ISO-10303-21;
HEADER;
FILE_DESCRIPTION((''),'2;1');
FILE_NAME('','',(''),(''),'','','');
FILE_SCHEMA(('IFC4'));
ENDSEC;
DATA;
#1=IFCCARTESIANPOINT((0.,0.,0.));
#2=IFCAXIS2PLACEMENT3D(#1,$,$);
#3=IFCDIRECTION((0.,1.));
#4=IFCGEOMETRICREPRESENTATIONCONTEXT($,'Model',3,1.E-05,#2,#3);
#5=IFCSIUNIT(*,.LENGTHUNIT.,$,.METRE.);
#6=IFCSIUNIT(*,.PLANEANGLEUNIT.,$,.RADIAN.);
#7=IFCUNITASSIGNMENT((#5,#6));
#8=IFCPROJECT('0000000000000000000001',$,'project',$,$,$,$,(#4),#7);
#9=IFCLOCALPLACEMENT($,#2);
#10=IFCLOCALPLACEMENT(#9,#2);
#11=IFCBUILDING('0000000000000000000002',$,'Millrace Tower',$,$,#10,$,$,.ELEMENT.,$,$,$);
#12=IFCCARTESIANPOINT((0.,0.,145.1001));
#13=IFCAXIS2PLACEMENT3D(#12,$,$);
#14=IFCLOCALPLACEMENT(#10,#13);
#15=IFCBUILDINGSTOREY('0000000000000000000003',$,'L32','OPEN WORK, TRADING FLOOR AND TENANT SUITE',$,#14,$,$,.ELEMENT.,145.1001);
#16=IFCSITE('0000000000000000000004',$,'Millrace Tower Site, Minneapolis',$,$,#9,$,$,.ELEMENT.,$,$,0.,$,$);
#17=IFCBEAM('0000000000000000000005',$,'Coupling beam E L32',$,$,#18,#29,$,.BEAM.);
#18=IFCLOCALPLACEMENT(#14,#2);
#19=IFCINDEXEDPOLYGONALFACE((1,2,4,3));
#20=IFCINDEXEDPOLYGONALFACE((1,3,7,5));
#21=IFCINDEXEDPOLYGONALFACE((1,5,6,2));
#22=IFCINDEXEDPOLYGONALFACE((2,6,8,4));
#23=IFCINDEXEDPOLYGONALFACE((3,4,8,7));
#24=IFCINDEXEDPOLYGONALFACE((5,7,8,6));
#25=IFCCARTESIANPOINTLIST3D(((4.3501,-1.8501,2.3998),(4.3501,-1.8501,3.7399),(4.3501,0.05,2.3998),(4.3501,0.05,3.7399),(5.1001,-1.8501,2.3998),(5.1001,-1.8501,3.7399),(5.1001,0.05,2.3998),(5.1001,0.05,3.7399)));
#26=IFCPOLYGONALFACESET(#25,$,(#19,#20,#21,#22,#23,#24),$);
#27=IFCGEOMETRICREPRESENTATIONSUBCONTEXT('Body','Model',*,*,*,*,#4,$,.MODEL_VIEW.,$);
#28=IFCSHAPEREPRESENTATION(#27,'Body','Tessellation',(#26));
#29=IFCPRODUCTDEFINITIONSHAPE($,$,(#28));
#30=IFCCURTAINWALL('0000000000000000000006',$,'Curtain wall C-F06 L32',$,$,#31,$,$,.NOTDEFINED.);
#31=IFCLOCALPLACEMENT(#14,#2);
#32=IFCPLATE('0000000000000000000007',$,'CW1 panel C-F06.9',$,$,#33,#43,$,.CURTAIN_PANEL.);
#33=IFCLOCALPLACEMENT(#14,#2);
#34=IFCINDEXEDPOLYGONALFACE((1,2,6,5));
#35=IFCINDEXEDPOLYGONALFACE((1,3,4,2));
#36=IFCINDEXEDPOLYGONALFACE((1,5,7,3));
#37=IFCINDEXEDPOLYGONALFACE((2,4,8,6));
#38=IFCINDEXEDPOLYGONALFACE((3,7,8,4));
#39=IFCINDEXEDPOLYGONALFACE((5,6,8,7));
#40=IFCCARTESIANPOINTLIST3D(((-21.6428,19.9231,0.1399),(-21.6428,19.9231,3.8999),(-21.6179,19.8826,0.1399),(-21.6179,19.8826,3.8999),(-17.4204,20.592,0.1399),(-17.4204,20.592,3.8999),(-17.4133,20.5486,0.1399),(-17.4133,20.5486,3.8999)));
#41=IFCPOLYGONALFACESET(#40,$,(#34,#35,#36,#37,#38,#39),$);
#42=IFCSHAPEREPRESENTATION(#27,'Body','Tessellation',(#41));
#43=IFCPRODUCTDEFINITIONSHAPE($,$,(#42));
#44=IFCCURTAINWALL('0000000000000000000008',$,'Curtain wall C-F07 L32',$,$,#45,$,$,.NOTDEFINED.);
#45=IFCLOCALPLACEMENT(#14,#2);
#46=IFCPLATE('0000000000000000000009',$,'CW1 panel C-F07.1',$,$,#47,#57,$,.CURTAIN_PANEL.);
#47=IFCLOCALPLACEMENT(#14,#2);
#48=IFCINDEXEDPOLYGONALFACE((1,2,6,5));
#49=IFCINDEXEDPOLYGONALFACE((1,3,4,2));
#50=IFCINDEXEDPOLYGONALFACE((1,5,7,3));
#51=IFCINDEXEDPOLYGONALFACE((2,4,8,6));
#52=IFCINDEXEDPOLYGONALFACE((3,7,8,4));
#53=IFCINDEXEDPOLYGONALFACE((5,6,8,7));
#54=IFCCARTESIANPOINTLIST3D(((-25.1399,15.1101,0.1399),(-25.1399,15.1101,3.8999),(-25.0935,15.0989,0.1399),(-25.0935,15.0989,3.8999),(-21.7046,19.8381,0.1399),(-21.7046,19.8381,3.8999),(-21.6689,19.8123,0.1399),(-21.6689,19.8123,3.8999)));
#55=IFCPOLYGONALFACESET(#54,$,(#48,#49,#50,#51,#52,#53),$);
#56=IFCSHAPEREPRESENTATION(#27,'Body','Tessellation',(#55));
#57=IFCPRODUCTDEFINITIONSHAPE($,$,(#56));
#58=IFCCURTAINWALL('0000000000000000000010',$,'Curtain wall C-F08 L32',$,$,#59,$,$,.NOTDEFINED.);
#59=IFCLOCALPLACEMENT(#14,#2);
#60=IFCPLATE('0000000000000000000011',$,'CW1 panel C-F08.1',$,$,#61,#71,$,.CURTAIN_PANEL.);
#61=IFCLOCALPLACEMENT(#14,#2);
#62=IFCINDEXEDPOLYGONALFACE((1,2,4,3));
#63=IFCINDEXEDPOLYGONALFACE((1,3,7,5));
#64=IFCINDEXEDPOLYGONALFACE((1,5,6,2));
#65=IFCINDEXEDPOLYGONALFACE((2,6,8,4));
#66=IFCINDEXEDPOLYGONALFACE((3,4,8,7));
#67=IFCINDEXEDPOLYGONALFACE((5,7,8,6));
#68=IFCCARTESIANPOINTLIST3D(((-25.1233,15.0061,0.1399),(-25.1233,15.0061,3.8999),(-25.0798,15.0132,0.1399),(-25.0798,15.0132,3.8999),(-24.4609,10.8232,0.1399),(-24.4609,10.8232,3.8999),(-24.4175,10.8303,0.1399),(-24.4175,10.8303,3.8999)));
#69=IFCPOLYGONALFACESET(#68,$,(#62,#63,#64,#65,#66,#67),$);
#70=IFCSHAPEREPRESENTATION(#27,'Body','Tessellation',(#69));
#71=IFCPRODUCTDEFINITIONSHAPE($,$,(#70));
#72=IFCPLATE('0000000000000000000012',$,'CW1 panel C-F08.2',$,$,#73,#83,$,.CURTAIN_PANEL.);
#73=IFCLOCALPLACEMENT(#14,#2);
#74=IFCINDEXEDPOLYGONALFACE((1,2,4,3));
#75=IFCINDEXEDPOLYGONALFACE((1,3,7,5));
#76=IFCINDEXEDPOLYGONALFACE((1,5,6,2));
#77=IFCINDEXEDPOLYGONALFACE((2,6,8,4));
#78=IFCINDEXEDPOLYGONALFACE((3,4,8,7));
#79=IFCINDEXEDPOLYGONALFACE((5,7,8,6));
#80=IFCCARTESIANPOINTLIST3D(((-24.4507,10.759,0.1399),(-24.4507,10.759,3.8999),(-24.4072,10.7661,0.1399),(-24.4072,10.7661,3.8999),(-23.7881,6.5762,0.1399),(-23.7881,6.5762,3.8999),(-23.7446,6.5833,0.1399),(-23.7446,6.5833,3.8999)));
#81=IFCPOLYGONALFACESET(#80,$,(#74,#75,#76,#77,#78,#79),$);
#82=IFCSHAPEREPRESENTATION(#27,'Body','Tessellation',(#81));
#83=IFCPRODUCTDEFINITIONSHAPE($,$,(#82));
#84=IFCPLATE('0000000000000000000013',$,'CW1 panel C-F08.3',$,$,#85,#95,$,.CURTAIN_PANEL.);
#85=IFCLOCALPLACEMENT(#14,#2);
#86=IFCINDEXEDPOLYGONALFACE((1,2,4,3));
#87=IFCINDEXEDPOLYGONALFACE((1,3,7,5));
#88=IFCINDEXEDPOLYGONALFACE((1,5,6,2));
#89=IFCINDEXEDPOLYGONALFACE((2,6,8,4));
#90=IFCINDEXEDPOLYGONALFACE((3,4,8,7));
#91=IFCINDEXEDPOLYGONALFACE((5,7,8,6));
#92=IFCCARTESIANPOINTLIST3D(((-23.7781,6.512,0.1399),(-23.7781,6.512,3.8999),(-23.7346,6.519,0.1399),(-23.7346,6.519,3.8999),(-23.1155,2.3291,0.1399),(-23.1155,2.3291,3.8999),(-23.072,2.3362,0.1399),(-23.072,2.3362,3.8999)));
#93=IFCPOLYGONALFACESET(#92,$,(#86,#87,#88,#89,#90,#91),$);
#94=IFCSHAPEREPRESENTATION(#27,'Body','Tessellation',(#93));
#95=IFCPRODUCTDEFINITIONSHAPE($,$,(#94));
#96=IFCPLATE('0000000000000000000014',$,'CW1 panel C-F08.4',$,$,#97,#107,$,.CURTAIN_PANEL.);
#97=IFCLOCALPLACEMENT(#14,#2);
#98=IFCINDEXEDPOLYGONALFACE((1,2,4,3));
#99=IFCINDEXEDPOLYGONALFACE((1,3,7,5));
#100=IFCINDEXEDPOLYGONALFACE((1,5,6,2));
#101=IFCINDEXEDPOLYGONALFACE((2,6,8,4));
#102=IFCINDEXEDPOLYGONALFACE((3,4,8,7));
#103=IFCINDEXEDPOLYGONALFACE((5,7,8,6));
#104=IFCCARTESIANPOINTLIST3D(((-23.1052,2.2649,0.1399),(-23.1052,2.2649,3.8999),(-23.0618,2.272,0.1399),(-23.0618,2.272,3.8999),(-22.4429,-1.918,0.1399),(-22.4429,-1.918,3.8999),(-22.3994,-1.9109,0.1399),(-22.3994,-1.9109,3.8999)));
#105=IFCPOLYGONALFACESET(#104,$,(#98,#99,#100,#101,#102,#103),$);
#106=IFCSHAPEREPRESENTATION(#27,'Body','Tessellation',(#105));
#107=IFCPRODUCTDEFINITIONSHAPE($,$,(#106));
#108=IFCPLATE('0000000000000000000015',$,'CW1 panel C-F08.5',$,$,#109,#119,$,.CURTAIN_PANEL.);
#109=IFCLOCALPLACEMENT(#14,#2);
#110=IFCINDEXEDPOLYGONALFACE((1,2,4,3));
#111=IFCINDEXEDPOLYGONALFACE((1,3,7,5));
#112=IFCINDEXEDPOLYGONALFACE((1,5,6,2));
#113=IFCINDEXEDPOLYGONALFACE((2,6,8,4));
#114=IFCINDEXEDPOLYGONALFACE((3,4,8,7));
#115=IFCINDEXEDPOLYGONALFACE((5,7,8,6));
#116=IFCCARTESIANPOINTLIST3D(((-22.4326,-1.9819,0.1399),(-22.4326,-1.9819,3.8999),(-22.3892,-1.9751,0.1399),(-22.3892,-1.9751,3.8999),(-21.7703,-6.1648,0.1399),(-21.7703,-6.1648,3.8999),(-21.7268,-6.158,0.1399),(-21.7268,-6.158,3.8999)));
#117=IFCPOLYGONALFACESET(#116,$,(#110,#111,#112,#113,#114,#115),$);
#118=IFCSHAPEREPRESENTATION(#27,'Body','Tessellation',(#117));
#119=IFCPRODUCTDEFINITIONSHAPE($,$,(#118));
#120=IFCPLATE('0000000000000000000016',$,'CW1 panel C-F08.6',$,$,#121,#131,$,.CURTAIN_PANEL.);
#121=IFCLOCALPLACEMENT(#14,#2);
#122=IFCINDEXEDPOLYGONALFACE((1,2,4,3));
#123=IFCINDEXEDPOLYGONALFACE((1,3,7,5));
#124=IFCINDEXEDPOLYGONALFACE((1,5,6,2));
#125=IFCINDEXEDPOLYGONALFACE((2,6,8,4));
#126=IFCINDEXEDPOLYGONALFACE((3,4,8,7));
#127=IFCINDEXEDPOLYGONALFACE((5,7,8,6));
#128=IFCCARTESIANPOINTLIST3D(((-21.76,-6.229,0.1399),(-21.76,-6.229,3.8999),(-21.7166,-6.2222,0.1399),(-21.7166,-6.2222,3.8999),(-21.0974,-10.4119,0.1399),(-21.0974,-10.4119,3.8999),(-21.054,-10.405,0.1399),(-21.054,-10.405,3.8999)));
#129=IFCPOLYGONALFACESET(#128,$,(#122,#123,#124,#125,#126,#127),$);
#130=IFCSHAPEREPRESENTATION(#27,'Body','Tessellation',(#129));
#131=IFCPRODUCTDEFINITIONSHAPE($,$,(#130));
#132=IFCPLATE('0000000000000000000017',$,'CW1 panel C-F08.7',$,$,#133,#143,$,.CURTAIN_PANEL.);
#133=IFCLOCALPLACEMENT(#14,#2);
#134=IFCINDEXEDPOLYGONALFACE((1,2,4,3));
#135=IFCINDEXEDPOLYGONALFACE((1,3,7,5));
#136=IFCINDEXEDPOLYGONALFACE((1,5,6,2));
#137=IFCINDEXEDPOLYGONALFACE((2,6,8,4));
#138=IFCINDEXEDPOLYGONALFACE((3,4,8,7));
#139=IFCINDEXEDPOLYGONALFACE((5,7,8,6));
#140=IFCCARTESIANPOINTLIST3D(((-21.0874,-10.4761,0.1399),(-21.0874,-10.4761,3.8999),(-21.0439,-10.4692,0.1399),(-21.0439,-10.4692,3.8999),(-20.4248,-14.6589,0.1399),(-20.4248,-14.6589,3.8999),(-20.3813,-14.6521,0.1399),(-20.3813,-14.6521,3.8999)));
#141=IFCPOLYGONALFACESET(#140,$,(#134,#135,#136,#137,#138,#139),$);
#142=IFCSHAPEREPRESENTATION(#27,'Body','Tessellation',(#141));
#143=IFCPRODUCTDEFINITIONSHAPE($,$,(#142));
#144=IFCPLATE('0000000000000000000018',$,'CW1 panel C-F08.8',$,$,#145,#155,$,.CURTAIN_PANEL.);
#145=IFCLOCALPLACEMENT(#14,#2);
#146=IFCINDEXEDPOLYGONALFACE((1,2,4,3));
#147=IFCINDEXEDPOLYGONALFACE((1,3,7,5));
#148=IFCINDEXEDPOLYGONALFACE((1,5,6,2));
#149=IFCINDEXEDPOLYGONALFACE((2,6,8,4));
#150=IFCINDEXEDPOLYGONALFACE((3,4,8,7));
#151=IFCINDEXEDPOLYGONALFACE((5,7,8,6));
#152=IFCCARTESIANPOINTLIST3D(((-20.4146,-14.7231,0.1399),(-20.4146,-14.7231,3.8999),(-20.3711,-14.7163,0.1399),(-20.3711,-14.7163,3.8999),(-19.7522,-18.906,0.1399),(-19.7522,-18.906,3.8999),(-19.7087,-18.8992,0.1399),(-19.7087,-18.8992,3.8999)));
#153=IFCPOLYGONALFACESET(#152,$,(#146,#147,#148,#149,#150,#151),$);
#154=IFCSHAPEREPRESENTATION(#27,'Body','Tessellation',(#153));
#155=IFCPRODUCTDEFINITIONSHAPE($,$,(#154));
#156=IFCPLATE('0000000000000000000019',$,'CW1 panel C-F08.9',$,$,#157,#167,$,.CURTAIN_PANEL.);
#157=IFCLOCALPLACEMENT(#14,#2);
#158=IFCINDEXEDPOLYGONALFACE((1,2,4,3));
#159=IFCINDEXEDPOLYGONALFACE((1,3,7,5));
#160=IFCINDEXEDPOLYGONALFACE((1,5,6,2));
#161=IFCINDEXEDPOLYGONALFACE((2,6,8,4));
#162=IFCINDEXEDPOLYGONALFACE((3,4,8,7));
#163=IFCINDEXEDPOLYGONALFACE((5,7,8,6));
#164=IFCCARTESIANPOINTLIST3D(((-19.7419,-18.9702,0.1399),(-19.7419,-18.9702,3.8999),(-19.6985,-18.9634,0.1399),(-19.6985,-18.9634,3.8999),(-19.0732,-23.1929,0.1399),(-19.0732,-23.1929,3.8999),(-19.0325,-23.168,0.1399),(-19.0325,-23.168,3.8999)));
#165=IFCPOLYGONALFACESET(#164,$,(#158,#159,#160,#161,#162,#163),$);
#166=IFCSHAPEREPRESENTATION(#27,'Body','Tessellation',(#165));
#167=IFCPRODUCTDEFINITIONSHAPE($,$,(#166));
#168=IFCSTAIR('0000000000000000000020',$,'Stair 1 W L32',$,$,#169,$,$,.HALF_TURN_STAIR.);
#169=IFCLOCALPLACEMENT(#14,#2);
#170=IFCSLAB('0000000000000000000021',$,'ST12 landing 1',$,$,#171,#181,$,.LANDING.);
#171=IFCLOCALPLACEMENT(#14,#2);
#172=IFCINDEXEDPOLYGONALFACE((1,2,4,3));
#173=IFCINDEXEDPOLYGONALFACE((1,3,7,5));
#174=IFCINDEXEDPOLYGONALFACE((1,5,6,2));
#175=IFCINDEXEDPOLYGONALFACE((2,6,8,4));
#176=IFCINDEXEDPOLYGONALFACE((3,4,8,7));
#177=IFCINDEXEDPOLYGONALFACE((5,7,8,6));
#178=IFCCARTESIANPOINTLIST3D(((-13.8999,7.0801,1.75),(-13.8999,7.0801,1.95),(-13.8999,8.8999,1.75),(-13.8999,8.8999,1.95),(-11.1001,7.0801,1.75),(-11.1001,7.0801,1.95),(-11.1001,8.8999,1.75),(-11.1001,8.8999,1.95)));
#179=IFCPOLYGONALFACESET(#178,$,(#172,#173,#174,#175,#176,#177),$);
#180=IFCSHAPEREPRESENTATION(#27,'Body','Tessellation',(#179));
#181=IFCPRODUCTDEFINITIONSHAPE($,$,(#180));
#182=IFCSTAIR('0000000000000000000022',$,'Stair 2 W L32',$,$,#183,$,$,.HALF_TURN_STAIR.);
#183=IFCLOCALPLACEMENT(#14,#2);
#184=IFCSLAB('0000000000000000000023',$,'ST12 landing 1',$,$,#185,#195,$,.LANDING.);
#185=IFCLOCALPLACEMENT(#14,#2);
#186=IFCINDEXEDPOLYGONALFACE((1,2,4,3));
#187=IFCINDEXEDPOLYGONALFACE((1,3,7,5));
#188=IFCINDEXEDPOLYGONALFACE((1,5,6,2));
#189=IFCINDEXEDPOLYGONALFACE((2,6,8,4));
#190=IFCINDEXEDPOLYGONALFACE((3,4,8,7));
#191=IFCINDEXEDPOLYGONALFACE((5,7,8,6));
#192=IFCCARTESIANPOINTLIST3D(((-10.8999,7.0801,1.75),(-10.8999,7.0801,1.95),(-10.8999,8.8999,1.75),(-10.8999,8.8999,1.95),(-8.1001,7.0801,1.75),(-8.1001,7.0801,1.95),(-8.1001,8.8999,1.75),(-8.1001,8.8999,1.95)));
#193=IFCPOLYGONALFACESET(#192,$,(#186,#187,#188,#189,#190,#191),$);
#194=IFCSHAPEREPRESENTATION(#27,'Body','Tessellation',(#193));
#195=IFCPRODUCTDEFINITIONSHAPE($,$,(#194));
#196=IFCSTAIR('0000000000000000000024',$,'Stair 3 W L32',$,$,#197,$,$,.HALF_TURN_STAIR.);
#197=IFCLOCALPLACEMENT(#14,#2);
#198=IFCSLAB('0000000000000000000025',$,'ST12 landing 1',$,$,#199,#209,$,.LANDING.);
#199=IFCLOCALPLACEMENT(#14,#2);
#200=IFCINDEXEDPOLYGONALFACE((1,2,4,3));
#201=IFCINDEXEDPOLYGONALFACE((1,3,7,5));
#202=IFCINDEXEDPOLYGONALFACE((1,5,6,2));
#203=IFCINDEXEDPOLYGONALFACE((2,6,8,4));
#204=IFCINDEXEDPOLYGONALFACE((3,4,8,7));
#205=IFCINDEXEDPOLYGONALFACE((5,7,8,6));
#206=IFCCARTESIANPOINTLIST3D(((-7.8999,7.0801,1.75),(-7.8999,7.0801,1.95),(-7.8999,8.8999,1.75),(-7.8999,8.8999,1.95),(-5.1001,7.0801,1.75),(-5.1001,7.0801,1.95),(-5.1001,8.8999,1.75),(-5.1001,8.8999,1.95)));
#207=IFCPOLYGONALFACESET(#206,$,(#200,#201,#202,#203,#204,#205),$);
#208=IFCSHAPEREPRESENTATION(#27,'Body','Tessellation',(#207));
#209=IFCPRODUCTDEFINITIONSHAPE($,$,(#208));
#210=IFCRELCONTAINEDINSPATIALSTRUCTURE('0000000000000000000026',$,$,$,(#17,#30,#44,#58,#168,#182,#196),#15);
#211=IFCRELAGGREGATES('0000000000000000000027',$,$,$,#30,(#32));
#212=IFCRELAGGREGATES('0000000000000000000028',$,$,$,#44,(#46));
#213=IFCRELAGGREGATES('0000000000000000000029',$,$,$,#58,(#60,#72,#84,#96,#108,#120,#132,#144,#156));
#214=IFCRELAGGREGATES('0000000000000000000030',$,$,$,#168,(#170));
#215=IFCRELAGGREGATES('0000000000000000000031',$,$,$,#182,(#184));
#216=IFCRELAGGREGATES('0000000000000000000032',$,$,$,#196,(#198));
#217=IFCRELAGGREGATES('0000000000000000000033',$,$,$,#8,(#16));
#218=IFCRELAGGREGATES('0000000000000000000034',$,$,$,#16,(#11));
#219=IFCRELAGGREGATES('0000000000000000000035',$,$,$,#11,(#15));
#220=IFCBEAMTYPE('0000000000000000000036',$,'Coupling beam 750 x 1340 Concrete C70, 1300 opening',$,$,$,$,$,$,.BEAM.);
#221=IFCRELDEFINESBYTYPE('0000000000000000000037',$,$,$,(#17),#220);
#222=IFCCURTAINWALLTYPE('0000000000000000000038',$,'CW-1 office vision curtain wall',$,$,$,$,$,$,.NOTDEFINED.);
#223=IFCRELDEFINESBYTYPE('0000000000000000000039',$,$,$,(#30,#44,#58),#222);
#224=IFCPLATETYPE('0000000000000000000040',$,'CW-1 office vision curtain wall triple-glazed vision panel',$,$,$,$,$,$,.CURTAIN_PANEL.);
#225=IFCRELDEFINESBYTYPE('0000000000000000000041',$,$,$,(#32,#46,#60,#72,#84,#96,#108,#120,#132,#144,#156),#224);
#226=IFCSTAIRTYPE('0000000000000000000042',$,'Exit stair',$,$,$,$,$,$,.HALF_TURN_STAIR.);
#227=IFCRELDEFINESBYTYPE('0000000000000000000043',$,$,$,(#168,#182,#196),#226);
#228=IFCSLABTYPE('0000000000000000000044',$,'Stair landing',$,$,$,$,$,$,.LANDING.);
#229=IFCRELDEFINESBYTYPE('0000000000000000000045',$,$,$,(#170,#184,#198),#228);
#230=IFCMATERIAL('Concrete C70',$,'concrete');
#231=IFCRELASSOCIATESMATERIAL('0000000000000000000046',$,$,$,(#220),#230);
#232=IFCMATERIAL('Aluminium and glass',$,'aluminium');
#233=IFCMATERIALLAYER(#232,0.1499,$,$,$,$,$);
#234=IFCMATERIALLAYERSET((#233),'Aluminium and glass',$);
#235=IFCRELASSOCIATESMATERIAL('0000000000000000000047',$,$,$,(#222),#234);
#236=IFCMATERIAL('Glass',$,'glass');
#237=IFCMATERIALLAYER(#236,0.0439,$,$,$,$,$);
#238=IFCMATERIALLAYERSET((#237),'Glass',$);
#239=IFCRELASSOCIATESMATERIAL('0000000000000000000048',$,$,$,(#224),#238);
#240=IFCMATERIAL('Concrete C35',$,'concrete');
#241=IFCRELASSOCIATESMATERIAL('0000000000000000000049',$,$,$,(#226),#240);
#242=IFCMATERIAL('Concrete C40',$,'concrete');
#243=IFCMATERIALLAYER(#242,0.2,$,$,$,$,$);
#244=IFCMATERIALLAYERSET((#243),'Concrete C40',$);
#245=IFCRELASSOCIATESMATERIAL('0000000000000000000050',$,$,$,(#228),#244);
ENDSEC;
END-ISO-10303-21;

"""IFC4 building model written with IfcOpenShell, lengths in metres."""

from ifc_helpers import new_model, si_unit, direction, frame, origin, origin_2d, place, context, subcontext, project, spatial, polyline, rectangle, outline, extrude, material, layer, layer_set, material_profile, profile_set, type_object, element, aggregate, save


model = new_model("IFC4")

# Units and contexts
model_context = context("Model", 3, precision=1e-05, world=origin(), true_north=direction((0.0, 1.0)))
body_context = subcontext(model_context, "Body", "Model", "MODEL_VIEW")
ifc_project = project(units=[si_unit("LENGTHUNIT", "METRE"), si_unit("PLANEANGLEUNIT", "RADIAN")], contexts=[model_context])

# Site, building, storey
site_placement = place(None, origin())
site = spatial("IfcSite", under=ifc_project, at=site_placement, Name="Millrace Tower Site, Minneapolis", CompositionType="ELEMENT", RefElevation=0.0)
building_placement = place(site_placement, origin())
building = spatial("IfcBuilding", under=site, at=building_placement, Name="Millrace Tower", CompositionType="ELEMENT")
storey_placement = place(building_placement, frame((0.0, 0.0, 145.1001)))
storey = spatial("IfcBuildingStorey", under=building, at=storey_placement, Name="L32", Description="OPEN WORK, TRADING FLOOR AND TENANT SUITE", CompositionType="ELEMENT", Elevation=145.1001)

# Beam
ifc_material_1 = material(Name="Concrete C70", Category="concrete")
ifc_material_profile = material_profile(ifc_material_1, rectangle(XDim=0.75, YDim=1.3401, at=origin_2d()))
ifc_profile_set = profile_set([ifc_material_profile], Name="Concrete C70")
beam_type = type_object("IfcBeamType", Name="Coupling beam 750 x 1340 Concrete C70, 1300 opening", PredefinedType="BEAM", material=ifc_profile_set)
beam_placement = place(storey_placement, frame((4.7251, 0.05, 3.0698), z_axis=(0.0, -1.0, 0.0), x_axis=(1.0, 0.0, 0.0)))
element("IfcBeam", 1, at=beam_placement, inside=storey, type_object=beam_type, Name="Coupling beam E L32", PredefinedType="BEAM", context=body_context, shape_type="SweptSolid", body=[
    extrude(rectangle(XDim=0.75, YDim=1.3401, at=origin_2d()), origin(), (0.0, 0.0, 1.0), 1.9001),
])

# Curtain walls, plates
ifc_material_2 = material(Name="Aluminium and glass", Category="aluminium")
ifc_layer_1 = layer(ifc_material_2, 0.1499)
ifc_layer_set_1 = layer_set([ifc_layer_1], Name="Aluminium and glass")
curtain_wall_type = type_object("IfcCurtainWallType", Name="CW-1 office vision curtain wall", PredefinedType="NOTDEFINED", material=ifc_layer_set_1)
placement_1 = place(storey_placement, origin())
curtain_wall_1 = element("IfcCurtainWall", 2, at=placement_1, inside=storey, type_object=curtain_wall_type, Name="Curtain wall C-F06 L32", PredefinedType="NOTDEFINED")
ifc_material_3 = material(Name="Glass", Category="glass")
ifc_layer_2 = layer(ifc_material_3, 0.0439)
ifc_layer_set_2 = layer_set([ifc_layer_2], Name="Glass")
plate_type = type_object("IfcPlateType", Name="CW-1 office vision curtain wall triple-glazed vision panel", PredefinedType="CURTAIN_PANEL", material=ifc_layer_set_2)
placement_2 = place(storey_placement, frame((0.0, 0.0, 0.1399)))
plate_1 = element("IfcPlate", 3, at=placement_2, type_object=plate_type, Name="CW1 panel C-F06.9", PredefinedType="CURTAIN_PANEL", context=body_context, shape_type="SweptSolid", body=[
    extrude(outline(polyline([(-17.4204, 20.592), (-21.6428, 19.9231), (-21.6179, 19.8826), (-17.4133, 20.5486), (-17.4204, 20.592)])), origin(), (0.0, 0.0, 1.0), 3.76),
])
aggregate(curtain_wall_1, [plate_1])
curtain_wall_2 = element("IfcCurtainWall", 4, at=placement_1, inside=storey, type_object=curtain_wall_type, Name="Curtain wall C-F07 L32", PredefinedType="NOTDEFINED")
plate_2 = element("IfcPlate", 5, at=placement_2, type_object=plate_type, Name="CW1 panel C-F07.1", PredefinedType="CURTAIN_PANEL", context=body_context, shape_type="SweptSolid", body=[
    extrude(outline(polyline([(-21.7046, 19.8381), (-25.1399, 15.1101), (-25.0935, 15.0989), (-21.6689, 19.8123), (-21.7046, 19.8381)])), origin(), (0.0, 0.0, 1.0), 3.76),
])
aggregate(curtain_wall_2, [plate_2])

# Curtain wall, plates
curtain_wall_3 = element("IfcCurtainWall", 6, at=placement_1, inside=storey, type_object=curtain_wall_type, Name="Curtain wall C-F08 L32", PredefinedType="NOTDEFINED")
plate_3 = element("IfcPlate", 7, at=placement_2, type_object=plate_type, Name="CW1 panel C-F08.1", PredefinedType="CURTAIN_PANEL", context=body_context, shape_type="SweptSolid", body=[
    extrude(outline(polyline([(-25.1233, 15.0061), (-24.4609, 10.8232), (-24.4175, 10.8303), (-25.0798, 15.0132), (-25.1233, 15.0061)])), origin(), (0.0, 0.0, 1.0), 3.76),
])
plate_4 = element("IfcPlate", 8, at=placement_2, type_object=plate_type, Name="CW1 panel C-F08.2", PredefinedType="CURTAIN_PANEL", context=body_context, shape_type="SweptSolid", body=[
    extrude(outline(polyline([(-24.4507, 10.759), (-23.7881, 6.5762), (-23.7446, 6.5833), (-24.4072, 10.7661), (-24.4507, 10.759)])), origin(), (0.0, 0.0, 1.0), 3.76),
])
plate_5 = element("IfcPlate", 9, at=placement_2, type_object=plate_type, Name="CW1 panel C-F08.3", PredefinedType="CURTAIN_PANEL", context=body_context, shape_type="SweptSolid", body=[
    extrude(outline(polyline([(-23.7781, 6.512), (-23.1155, 2.3291), (-23.072, 2.3362), (-23.7346, 6.519), (-23.7781, 6.512)])), origin(), (0.0, 0.0, 1.0), 3.76),
])
plate_6 = element("IfcPlate", 10, at=placement_2, type_object=plate_type, Name="CW1 panel C-F08.4", PredefinedType="CURTAIN_PANEL", context=body_context, shape_type="SweptSolid", body=[
    extrude(outline(polyline([(-23.1052, 2.2649), (-22.4429, -1.918), (-22.3994, -1.9109), (-23.0618, 2.272), (-23.1052, 2.2649)])), origin(), (0.0, 0.0, 1.0), 3.76),
])
plate_7 = element("IfcPlate", 11, at=placement_2, type_object=plate_type, Name="CW1 panel C-F08.5", PredefinedType="CURTAIN_PANEL", context=body_context, shape_type="SweptSolid", body=[
    extrude(outline(polyline([(-22.4326, -1.9819), (-21.7703, -6.1648), (-21.7268, -6.158), (-22.3892, -1.9751), (-22.4326, -1.9819)])), origin(), (0.0, 0.0, 1.0), 3.76),
])
plate_8 = element("IfcPlate", 12, at=placement_2, type_object=plate_type, Name="CW1 panel C-F08.6", PredefinedType="CURTAIN_PANEL", context=body_context, shape_type="SweptSolid", body=[
    extrude(outline(polyline([(-21.76, -6.229), (-21.0974, -10.4119), (-21.054, -10.405), (-21.7166, -6.2222), (-21.76, -6.229)])), origin(), (0.0, 0.0, 1.0), 3.76),
])
plate_9 = element("IfcPlate", 13, at=placement_2, type_object=plate_type, Name="CW1 panel C-F08.7", PredefinedType="CURTAIN_PANEL", context=body_context, shape_type="SweptSolid", body=[
    extrude(outline(polyline([(-21.0874, -10.4761), (-20.4248, -14.6589), (-20.3813, -14.6521), (-21.0439, -10.4692), (-21.0874, -10.4761)])), origin(), (0.0, 0.0, 1.0), 3.76),
])
plate_10 = element("IfcPlate", 14, at=placement_2, type_object=plate_type, Name="CW1 panel C-F08.8", PredefinedType="CURTAIN_PANEL", context=body_context, shape_type="SweptSolid", body=[
    extrude(outline(polyline([(-20.4146, -14.7231), (-19.7522, -18.906), (-19.7087, -18.8992), (-20.3711, -14.7163), (-20.4146, -14.7231)])), origin(), (0.0, 0.0, 1.0), 3.76),
])
plate_11 = element("IfcPlate", 15, at=placement_2, type_object=plate_type, Name="CW1 panel C-F08.9", PredefinedType="CURTAIN_PANEL", context=body_context, shape_type="SweptSolid", body=[
    extrude(outline(polyline([(-19.7419, -18.9702), (-19.0732, -23.1929), (-19.0325, -23.168), (-19.6985, -18.9634), (-19.7419, -18.9702)])), origin(), (0.0, 0.0, 1.0), 3.76),
])
aggregate(curtain_wall_3, [plate_3, plate_4, plate_5, plate_6, plate_7, plate_8, plate_9, plate_10, plate_11])

# Stairs, slabs
ifc_material_4 = material(Name="Concrete C35", Category="concrete")
stair_type = type_object("IfcStairType", Name="Exit stair", PredefinedType="HALF_TURN_STAIR", material=ifc_material_4)
stair_1 = element("IfcStair", 16, at=placement_1, inside=storey, type_object=stair_type, Name="Stair 1 W L32", PredefinedType="HALF_TURN_STAIR")
ifc_material_5 = material(Name="Concrete C40", Category="concrete")
ifc_layer_3 = layer(ifc_material_5, 0.2)
ifc_layer_set_3 = layer_set([ifc_layer_3], Name="Concrete C40")
slab_type = type_object("IfcSlabType", Name="Stair landing", PredefinedType="LANDING", material=ifc_layer_set_3)
placement_3 = place(storey_placement, frame((0.0, 0.0, 1.75)))
slab_1 = element("IfcSlab", 17, at=placement_3, type_object=slab_type, Name="ST12 landing 1", PredefinedType="LANDING", context=body_context, shape_type="SweptSolid", body=[
    extrude(outline(polyline([(-13.8999, 7.0801), (-11.1001, 7.0801), (-11.1001, 8.8999), (-13.8999, 8.8999), (-13.8999, 7.0801)])), origin(), (0.0, 0.0, 1.0), 0.2),
])
aggregate(stair_1, [slab_1])
stair_2 = element("IfcStair", 18, at=placement_1, inside=storey, type_object=stair_type, Name="Stair 2 W L32", PredefinedType="HALF_TURN_STAIR")
slab_2 = element("IfcSlab", 19, at=placement_3, type_object=slab_type, Name="ST12 landing 1", PredefinedType="LANDING", context=body_context, shape_type="SweptSolid", body=[
    extrude(outline(polyline([(-10.8999, 7.0801), (-8.1001, 7.0801), (-8.1001, 8.8999), (-10.8999, 8.8999), (-10.8999, 7.0801)])), origin(), (0.0, 0.0, 1.0), 0.2),
])
aggregate(stair_2, [slab_2])
stair_3 = element("IfcStair", 20, at=placement_1, inside=storey, type_object=stair_type, Name="Stair 3 W L32", PredefinedType="HALF_TURN_STAIR")
slab_3 = element("IfcSlab", 21, at=placement_3, type_object=slab_type, Name="ST12 landing 1", PredefinedType="LANDING", context=body_context, shape_type="SweptSolid", body=[
    extrude(outline(polyline([(-7.8999, 7.0801), (-5.1001, 7.0801), (-5.1001, 8.8999), (-7.8999, 8.8999), (-7.8999, 7.0801)])), origin(), (0.0, 0.0, 1.0), 0.2),
])
aggregate(stair_3, [slab_3])

save(model, "model.ifc")
